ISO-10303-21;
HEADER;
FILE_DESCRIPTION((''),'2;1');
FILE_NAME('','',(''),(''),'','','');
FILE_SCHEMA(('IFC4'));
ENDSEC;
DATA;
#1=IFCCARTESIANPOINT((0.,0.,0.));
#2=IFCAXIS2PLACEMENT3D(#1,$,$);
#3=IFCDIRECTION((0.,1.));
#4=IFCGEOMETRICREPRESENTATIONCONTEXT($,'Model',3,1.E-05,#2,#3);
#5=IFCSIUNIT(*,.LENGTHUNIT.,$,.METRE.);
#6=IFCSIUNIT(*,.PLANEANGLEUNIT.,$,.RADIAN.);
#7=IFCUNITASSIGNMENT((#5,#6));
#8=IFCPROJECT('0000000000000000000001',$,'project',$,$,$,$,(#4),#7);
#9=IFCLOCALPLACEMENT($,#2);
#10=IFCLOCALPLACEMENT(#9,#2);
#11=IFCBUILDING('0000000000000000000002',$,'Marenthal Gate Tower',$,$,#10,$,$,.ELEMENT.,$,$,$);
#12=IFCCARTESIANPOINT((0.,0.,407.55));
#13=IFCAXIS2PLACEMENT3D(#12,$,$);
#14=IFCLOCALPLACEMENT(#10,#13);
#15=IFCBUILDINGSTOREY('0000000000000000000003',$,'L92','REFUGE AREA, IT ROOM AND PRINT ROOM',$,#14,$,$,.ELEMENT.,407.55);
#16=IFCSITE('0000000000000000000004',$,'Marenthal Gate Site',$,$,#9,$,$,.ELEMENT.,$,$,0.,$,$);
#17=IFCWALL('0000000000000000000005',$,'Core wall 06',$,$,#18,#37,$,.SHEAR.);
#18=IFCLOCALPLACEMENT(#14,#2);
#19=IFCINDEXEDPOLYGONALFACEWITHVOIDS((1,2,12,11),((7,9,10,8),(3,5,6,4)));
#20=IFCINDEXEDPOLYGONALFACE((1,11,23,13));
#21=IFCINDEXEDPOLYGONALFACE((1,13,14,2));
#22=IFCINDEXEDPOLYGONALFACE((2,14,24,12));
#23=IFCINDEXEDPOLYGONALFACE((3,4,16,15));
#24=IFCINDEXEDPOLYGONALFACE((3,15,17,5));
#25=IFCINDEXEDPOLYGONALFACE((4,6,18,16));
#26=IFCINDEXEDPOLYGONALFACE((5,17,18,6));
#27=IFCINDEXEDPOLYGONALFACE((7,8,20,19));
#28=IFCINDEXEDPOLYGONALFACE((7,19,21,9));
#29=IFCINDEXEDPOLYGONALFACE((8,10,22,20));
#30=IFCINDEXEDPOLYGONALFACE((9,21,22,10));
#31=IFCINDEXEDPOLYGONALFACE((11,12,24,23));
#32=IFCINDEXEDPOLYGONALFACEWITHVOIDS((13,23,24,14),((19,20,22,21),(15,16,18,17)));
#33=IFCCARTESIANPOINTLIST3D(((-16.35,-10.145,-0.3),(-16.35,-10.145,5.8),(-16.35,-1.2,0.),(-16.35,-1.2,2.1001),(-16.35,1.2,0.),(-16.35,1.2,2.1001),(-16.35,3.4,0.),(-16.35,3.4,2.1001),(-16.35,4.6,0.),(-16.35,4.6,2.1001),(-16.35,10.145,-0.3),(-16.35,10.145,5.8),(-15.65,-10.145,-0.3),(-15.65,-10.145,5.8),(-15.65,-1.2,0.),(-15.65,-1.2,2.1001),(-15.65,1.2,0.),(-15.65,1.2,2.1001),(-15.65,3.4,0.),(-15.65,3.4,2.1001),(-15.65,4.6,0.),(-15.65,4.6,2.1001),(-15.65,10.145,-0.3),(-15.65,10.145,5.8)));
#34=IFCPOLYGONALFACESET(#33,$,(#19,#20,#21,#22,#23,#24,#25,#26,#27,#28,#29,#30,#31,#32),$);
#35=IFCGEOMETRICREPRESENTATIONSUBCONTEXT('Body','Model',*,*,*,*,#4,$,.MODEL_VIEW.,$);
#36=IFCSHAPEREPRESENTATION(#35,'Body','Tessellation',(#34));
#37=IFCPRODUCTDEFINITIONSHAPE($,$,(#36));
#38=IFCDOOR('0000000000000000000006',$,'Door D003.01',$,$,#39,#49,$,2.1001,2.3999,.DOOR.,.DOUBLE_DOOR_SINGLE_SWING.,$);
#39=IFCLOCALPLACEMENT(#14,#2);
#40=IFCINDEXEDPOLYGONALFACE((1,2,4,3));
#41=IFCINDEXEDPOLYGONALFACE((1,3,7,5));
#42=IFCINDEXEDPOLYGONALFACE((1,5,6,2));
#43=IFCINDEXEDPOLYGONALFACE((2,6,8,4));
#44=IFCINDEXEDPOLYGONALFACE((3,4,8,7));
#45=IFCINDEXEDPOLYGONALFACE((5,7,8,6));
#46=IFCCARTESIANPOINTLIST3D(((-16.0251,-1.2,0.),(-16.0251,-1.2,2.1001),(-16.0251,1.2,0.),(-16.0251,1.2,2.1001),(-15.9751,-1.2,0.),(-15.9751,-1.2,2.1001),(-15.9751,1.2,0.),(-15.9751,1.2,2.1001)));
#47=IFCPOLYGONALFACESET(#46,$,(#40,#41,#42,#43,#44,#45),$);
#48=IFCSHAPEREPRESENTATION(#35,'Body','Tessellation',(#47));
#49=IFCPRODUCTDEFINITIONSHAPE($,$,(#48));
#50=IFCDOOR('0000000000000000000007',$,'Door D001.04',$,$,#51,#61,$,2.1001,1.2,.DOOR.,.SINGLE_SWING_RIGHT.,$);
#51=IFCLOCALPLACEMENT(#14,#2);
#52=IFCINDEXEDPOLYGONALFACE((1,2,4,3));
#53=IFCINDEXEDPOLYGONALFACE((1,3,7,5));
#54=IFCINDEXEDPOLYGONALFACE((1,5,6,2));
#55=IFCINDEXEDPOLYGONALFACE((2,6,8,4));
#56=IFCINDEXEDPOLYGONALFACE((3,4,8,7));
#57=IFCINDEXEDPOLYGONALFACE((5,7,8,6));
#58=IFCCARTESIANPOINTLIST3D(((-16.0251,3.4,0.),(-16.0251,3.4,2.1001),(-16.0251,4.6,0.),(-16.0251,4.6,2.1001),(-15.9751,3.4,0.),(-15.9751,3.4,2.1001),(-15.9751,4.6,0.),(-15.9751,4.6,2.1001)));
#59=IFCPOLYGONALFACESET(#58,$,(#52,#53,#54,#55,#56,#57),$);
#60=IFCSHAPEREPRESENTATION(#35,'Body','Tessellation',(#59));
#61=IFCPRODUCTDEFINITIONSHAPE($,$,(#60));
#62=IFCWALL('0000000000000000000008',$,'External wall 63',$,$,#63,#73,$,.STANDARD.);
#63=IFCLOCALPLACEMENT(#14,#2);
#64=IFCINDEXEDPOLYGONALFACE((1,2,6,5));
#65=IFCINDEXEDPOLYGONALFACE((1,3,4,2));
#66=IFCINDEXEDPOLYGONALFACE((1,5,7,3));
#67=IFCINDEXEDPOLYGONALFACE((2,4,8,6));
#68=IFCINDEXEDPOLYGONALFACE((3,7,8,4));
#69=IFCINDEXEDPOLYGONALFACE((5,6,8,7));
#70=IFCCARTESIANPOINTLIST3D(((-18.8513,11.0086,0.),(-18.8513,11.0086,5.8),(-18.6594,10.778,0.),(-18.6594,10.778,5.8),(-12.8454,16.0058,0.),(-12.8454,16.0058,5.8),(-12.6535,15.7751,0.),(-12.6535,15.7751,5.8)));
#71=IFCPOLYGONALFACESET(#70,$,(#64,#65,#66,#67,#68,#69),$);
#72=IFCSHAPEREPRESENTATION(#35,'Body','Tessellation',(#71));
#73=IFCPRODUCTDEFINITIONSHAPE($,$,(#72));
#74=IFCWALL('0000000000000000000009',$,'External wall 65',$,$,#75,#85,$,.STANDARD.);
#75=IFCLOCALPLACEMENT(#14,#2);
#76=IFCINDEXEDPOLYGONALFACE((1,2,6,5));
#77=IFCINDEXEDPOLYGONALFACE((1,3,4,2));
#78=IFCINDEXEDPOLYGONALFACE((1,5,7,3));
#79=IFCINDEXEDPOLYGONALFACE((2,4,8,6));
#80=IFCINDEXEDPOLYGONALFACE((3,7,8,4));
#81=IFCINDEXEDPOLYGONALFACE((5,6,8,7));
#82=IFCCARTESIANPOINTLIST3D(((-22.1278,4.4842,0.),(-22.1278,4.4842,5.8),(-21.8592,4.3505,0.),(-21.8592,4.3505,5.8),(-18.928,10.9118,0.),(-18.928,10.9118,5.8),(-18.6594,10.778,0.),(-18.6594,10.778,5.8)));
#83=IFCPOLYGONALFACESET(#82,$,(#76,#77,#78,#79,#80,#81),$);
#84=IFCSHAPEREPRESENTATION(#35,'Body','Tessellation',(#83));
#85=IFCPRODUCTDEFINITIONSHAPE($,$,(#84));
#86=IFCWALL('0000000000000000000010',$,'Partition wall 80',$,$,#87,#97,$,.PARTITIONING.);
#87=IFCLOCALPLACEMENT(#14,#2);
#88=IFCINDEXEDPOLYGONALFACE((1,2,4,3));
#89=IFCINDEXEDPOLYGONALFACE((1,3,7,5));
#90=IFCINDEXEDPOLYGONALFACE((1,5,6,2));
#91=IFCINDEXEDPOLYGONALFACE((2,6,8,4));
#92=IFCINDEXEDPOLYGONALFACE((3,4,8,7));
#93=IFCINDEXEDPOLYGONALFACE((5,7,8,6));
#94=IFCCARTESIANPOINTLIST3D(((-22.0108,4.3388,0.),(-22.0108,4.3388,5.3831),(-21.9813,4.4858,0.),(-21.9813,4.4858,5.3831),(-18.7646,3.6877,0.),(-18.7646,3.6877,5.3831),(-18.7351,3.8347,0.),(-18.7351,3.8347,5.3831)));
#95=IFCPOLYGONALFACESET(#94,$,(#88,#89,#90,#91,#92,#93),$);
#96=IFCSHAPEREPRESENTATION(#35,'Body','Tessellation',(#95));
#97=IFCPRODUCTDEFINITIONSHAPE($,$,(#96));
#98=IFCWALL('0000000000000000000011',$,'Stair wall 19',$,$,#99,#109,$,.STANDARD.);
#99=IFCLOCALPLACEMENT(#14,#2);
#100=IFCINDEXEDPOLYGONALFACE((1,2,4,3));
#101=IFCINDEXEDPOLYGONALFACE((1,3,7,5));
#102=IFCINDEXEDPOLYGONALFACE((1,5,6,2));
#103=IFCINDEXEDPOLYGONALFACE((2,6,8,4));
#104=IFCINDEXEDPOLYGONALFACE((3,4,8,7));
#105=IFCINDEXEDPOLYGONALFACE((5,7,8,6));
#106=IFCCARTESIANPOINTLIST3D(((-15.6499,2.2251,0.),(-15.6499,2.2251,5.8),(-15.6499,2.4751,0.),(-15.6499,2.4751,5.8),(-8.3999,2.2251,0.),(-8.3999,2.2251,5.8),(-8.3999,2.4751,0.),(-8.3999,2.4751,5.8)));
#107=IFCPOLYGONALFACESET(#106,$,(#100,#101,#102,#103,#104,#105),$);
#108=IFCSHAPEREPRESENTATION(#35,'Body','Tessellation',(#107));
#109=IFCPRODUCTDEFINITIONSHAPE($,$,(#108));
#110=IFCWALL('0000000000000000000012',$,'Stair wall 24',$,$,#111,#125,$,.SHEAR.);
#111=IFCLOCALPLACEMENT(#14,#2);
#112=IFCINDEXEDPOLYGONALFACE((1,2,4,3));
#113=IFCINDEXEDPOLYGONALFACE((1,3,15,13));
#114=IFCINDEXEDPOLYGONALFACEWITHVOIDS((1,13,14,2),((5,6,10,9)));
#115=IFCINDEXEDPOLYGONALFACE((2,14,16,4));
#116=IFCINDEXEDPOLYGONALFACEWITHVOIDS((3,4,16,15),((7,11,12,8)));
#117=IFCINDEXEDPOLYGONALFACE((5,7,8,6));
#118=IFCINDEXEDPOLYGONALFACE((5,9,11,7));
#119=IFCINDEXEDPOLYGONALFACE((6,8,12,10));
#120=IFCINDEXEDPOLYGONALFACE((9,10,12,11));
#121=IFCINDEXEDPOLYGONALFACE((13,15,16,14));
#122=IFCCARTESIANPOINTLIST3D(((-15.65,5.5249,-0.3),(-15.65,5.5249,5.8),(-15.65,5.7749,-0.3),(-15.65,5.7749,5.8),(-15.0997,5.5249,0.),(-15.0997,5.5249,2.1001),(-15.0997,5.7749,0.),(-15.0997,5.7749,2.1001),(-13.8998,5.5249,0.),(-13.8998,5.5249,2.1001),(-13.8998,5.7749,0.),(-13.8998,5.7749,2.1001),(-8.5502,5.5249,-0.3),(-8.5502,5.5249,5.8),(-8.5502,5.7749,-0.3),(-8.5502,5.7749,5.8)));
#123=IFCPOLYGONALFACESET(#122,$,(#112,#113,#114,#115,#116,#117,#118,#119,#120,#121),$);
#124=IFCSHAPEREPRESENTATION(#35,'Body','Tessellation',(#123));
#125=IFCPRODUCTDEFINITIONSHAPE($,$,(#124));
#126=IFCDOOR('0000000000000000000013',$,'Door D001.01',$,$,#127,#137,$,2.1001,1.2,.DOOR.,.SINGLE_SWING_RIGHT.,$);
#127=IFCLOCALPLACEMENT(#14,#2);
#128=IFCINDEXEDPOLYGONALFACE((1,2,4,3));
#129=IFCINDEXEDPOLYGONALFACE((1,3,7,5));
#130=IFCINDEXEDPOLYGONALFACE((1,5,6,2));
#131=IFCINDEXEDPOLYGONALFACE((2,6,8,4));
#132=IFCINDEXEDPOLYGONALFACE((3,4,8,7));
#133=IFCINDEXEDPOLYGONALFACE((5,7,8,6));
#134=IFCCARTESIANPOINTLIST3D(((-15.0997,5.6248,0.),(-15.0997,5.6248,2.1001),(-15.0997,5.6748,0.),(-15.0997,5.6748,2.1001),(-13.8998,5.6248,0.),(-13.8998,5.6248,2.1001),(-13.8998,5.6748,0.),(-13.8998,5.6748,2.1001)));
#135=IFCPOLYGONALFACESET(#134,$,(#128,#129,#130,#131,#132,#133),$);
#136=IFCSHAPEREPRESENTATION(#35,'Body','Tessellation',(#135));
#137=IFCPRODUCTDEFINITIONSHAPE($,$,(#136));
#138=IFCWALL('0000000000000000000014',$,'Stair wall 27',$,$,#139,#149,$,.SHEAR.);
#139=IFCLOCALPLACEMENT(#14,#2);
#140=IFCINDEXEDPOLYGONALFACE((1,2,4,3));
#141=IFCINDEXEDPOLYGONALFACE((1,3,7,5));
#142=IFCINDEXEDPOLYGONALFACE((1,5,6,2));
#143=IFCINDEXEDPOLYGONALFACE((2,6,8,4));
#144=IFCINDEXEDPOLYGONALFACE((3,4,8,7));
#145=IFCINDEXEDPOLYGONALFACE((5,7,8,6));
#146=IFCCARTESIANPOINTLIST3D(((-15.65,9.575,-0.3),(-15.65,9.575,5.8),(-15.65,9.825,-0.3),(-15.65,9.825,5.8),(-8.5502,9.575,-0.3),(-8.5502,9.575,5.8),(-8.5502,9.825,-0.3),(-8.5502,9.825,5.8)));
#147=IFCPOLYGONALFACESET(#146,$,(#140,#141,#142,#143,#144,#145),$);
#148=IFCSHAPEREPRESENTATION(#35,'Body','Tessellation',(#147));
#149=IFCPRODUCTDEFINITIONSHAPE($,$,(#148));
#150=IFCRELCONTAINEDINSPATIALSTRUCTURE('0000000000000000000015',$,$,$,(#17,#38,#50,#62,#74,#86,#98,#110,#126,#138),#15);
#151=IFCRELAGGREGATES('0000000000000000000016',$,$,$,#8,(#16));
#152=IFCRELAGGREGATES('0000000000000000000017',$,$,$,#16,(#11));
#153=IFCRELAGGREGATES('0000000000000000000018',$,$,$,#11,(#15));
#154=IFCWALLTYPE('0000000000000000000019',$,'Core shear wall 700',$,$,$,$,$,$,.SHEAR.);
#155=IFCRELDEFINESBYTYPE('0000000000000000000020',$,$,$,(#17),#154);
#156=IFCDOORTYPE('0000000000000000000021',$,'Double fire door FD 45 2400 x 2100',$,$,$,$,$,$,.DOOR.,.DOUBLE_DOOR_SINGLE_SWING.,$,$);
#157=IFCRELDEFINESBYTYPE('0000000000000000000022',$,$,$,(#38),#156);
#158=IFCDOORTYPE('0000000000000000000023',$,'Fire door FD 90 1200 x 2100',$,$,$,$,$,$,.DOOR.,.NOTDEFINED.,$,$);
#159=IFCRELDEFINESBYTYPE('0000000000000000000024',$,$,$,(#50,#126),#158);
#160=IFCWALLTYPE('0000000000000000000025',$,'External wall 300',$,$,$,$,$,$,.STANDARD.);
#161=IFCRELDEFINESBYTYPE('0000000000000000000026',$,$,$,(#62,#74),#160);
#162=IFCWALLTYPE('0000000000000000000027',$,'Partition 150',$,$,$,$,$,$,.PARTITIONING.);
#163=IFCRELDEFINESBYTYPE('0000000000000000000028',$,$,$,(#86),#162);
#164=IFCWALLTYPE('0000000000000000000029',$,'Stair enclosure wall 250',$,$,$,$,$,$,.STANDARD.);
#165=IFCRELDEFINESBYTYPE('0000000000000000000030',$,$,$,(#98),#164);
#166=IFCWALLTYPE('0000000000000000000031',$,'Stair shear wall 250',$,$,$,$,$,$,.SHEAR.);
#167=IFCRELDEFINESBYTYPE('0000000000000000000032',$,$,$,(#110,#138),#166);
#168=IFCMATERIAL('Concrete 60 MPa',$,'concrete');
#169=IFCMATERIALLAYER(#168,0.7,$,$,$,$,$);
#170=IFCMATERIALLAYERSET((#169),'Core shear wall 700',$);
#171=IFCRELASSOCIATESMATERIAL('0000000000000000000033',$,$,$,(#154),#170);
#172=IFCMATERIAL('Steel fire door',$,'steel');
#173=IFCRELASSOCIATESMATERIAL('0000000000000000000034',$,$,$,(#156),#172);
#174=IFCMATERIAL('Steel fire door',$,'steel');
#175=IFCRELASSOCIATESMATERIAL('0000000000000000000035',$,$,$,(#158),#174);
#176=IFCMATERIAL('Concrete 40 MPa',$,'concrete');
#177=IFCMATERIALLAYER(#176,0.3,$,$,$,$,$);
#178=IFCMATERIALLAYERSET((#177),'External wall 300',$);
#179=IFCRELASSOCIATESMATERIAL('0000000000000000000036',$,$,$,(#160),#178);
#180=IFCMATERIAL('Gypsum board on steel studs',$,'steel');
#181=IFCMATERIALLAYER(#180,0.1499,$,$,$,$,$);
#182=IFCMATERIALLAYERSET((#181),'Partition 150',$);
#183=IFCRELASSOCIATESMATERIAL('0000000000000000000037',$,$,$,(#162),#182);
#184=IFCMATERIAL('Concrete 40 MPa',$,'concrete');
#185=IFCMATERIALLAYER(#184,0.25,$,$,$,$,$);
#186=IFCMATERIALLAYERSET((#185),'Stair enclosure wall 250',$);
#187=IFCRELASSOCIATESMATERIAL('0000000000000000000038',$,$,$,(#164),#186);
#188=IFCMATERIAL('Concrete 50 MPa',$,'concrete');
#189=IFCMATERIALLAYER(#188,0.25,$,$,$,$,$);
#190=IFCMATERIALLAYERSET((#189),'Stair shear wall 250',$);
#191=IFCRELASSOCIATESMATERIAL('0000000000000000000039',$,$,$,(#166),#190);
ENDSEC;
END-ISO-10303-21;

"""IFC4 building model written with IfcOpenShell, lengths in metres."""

from ifc_helpers import new_model, si_unit, direction, frame, frame_2d, origin, place, context, subcontext, project, spatial, rectangle, extrude, material, layer, layer_set, type_object, element, fill, save


model = new_model("IFC4")

# Units and contexts
model_context = context("Model", 3, precision=1e-05, world=origin(), true_north=direction((0.0, 1.0)))
body_context = subcontext(model_context, "Body", "Model", "MODEL_VIEW")
ifc_project = project(units=[si_unit("LENGTHUNIT", "METRE"), si_unit("PLANEANGLEUNIT", "RADIAN")], contexts=[model_context])

# Site, building, storey
site_placement = place(None, origin())
site = spatial("IfcSite", under=ifc_project, at=site_placement, Name="Marenthal Gate Site", CompositionType="ELEMENT", RefElevation=0.0)
building_placement = place(site_placement, origin())
building = spatial("IfcBuilding", under=site, at=building_placement, Name="Marenthal Gate Tower", CompositionType="ELEMENT")
storey_placement = place(building_placement, frame((0.0, 0.0, 407.55)))
storey = spatial("IfcBuildingStorey", under=building, at=storey_placement, Name="L92", Description="REFUGE AREA, IT ROOM AND PRINT ROOM", CompositionType="ELEMENT", Elevation=407.55)

# Wall, openings, doors
ifc_material_1 = material(Name="Concrete 60 MPa", Category="concrete")
ifc_layer_1 = layer(ifc_material_1, 0.7)
ifc_layer_set_1 = layer_set([ifc_layer_1], Name="Core shear wall 700")
wall_type_1 = type_object("IfcWallType", Name="Core shear wall 700", PredefinedType="SHEAR", material=ifc_layer_set_1)
wall_1_placement = place(storey_placement, frame((-16.0, 10.145, -0.3), z_axis=(0.0, 0.0, 1.0), x_axis=(0.0, -1.0, 0.0)))
wall_1 = element("IfcWall", 1, at=wall_1_placement, inside=storey, type_object=wall_type_1, Name="Core wall 06", PredefinedType="SHEAR", context=body_context, shape_type="SweptSolid", body=[
    extrude(rectangle(XDim=20.29, YDim=0.7, at=frame_2d((10.145, 0.0))), origin(), (0.0, 0.0, 1.0), 6.1001),
])
opening_1_placement = place(wall_1_placement, frame((8.9451, 0.0, 0.3)))
opening_1 = element("IfcOpeningElement", 2, at=opening_1_placement, cuts=wall_1, PredefinedType="OPENING", context=body_context, shape_type="SweptSolid", body=[
    extrude(rectangle(XDim=2.3999, YDim=2.1001, at=frame_2d((1.2, 1.05))), frame((0.0, 0.3599, 0.0), z_axis=(0.0, -1.0, 0.0), x_axis=(1.0, 0.0, 0.0)), (0.0, 0.0, 1.0), 0.72),
])
opening_2_placement = place(wall_1_placement, frame((5.5449, 0.0, 0.3)))
opening_2 = element("IfcOpeningElement", 3, at=opening_2_placement, cuts=wall_1, PredefinedType="OPENING", context=body_context, shape_type="SweptSolid", body=[
    extrude(rectangle(XDim=1.2, YDim=2.1001, at=frame_2d((0.6001, 1.05))), frame((0.0, 0.3599, 0.0), z_axis=(0.0, -1.0, 0.0), x_axis=(1.0, 0.0, 0.0)), (0.0, 0.0, 1.0), 0.72),
])
ifc_material_2 = material(Name="Steel fire door", Category="steel")
door_type_1 = type_object("IfcDoorType", Name="Double fire door FD 45 2400 x 2100", OperationType="DOUBLE_DOOR_SINGLE_SWING", PredefinedType="DOOR", material=ifc_material_2)
door_1_placement = place(opening_1_placement, origin())
door_1 = element("IfcDoor", 4, at=door_1_placement, inside=storey, type_object=door_type_1, Name="Door D003.01", OperationType="DOUBLE_DOOR_SINGLE_SWING", OverallHeight=2.1001, OverallWidth=2.3999, PredefinedType="DOOR", context=body_context, shape_type="SweptSolid", body=[
    extrude(rectangle(XDim=2.3999, YDim=2.1001, at=frame_2d((1.2, 1.05))), frame((0.0, 0.0249, 0.0), z_axis=(0.0, -1.0, 0.0), x_axis=(1.0, 0.0, 0.0)), (0.0, 0.0, 1.0), 0.05),
])
fill(opening_1, door_1)
ifc_material_3 = material(Name="Steel fire door", Category="steel")
door_type_2 = type_object("IfcDoorType", Name="Fire door FD 90 1200 x 2100", OperationType="NOTDEFINED", PredefinedType="DOOR", material=ifc_material_3)
door_2_placement = place(opening_2_placement, origin())
door_2 = element("IfcDoor", 5, at=door_2_placement, inside=storey, type_object=door_type_2, Name="Door D001.04", OperationType="SINGLE_SWING_RIGHT", OverallHeight=2.1001, OverallWidth=1.2, PredefinedType="DOOR", context=body_context, shape_type="SweptSolid", body=[
    extrude(rectangle(XDim=1.2, YDim=2.1001, at=frame_2d((0.6001, 1.05))), frame((0.0, 0.0249, 0.0), z_axis=(0.0, -1.0, 0.0), x_axis=(1.0, 0.0, 0.0)), (0.0, 0.0, 1.0), 0.05),
])
fill(opening_2, door_2)

# Walls
ifc_material_4 = material(Name="Concrete 40 MPa", Category="concrete")
ifc_layer_2 = layer(ifc_material_4, 0.3)
ifc_layer_set_2 = layer_set([ifc_layer_2], Name="External wall 300")
wall_type_2 = type_object("IfcWallType", Name="External wall 300", PredefinedType="STANDARD", material=ifc_layer_set_2)
wall_2_placement = place(storey_placement, frame((-18.7554, 10.8933, 0.0), z_axis=(0.0, 0.0, 1.0), x_axis=(0.768713, 0.639594, 0.0)))
element("IfcWall", 6, at=wall_2_placement, inside=storey, type_object=wall_type_2, Name="External wall 63", PredefinedType="STANDARD", context=body_context, shape_type="SweptSolid", body=[
    extrude(rectangle(XDim=7.813, YDim=0.3, at=frame_2d((3.9065, 0.0))), origin(), (0.0, 0.0, 1.0), 5.8),
])
wall_3_placement = place(storey_placement, frame((-21.9934, 4.4175, 0.0), z_axis=(0.0, 0.0, 1.0), x_axis=(0.445649, 0.895208, 0.0)))
element("IfcWall", 7, at=wall_3_placement, inside=storey, type_object=wall_type_2, Name="External wall 65", PredefinedType="STANDARD", context=body_context, shape_type="SweptSolid", body=[
    extrude(rectangle(XDim=7.1799, YDim=0.3, at=frame_2d((3.5898, 0.0))), origin(), (0.0, 0.0, 1.0), 5.8),
])
ifc_material_5 = material(Name="Gypsum board on steel studs", Category="steel")
ifc_layer_3 = layer(ifc_material_5, 0.1499)
ifc_layer_set_3 = layer_set([ifc_layer_3], Name="Partition 150")
wall_type_3 = type_object("IfcWallType", Name="Partition 150", PredefinedType="PARTITIONING", material=ifc_layer_set_3)
wall_4_placement = place(storey_placement, frame((-18.75, 3.7612, 0.0), z_axis=(0.0, 0.0, 1.0), x_axis=(-0.98047, 0.196669, 0.0)))
element("IfcWall", 8, at=wall_4_placement, inside=storey, type_object=wall_type_3, Name="Partition wall 80", PredefinedType="PARTITIONING", context=body_context, shape_type="SweptSolid", body=[
    extrude(rectangle(XDim=3.3108, YDim=0.1499, at=frame_2d((1.6553, 0.0))), origin(), (0.0, 0.0, 1.0), 5.3831),
])
ifc_material_6 = material(Name="Concrete 40 MPa", Category="concrete")
ifc_layer_4 = layer(ifc_material_6, 0.25)
ifc_layer_set_4 = layer_set([ifc_layer_4], Name="Stair enclosure wall 250")
wall_type_4 = type_object("IfcWallType", Name="Stair enclosure wall 250", PredefinedType="STANDARD", material=ifc_layer_set_4)
wall_5_placement = place(storey_placement, frame((-15.6499, 2.3501, 0.0), z_axis=(0.0, 0.0, 1.0), x_axis=(1.0, 0.0, 0.0)))
element("IfcWall", 9, at=wall_5_placement, inside=storey, type_object=wall_type_4, Name="Stair wall 19", PredefinedType="STANDARD", context=body_context, shape_type="SweptSolid", body=[
    extrude(rectangle(XDim=7.25, YDim=0.25, at=frame_2d((3.625, 0.0))), origin(), (0.0, 0.0, 1.0), 5.8),
])

# Wall, opening, door
ifc_material_7 = material(Name="Concrete 50 MPa", Category="concrete")
ifc_layer_5 = layer(ifc_material_7, 0.25)
ifc_layer_set_5 = layer_set([ifc_layer_5], Name="Stair shear wall 250")
wall_type_5 = type_object("IfcWallType", Name="Stair shear wall 250", PredefinedType="SHEAR", material=ifc_layer_set_5)
wall_6_placement = place(storey_placement, frame((-15.6499, 5.6499, -0.3), z_axis=(0.0, 0.0, 1.0), x_axis=(1.0, 0.0, 0.0)))
wall_6 = element("IfcWall", 10, at=wall_6_placement, inside=storey, type_object=wall_type_5, Name="Stair wall 24", PredefinedType="SHEAR", context=body_context, shape_type="SweptSolid", body=[
    extrude(rectangle(XDim=7.0999, YDim=0.25, at=frame_2d((3.5498, 0.0))), origin(), (0.0, 0.0, 1.0), 6.1001),
])
opening_3_placement = place(wall_6_placement, frame((0.55, 0.0, 0.3)))
opening_3 = element("IfcOpeningElement", 11, at=opening_3_placement, cuts=wall_6, PredefinedType="OPENING", context=body_context, shape_type="SweptSolid", body=[
    extrude(rectangle(XDim=1.2, YDim=2.1001, at=frame_2d((0.6001, 1.05))), frame((0.0, 0.135, 0.0), z_axis=(0.0, -1.0, 0.0), x_axis=(1.0, 0.0, 0.0)), (0.0, 0.0, 1.0), 0.27),
])
door_3_placement = place(opening_3_placement, origin())
door_3 = element("IfcDoor", 12, at=door_3_placement, inside=storey, type_object=door_type_2, Name="Door D001.01", OperationType="SINGLE_SWING_RIGHT", OverallHeight=2.1001, OverallWidth=1.2, PredefinedType="DOOR", context=body_context, shape_type="SweptSolid", body=[
    extrude(rectangle(XDim=1.2, YDim=2.1001, at=frame_2d((0.6001, 1.05))), frame((0.0, 0.0249, 0.0), z_axis=(0.0, -1.0, 0.0), x_axis=(1.0, 0.0, 0.0)), (0.0, 0.0, 1.0), 0.05),
])
fill(opening_3, door_3)

# Wall
wall_7_placement = place(storey_placement, frame((-15.6499, 9.7, -0.3), z_axis=(0.0, 0.0, 1.0), x_axis=(1.0, 0.0, 0.0)))
element("IfcWall", 13, at=wall_7_placement, inside=storey, type_object=wall_type_5, Name="Stair wall 27", PredefinedType="SHEAR", context=body_context, shape_type="SweptSolid", body=[
    extrude(rectangle(XDim=7.0999, YDim=0.25, at=frame_2d((3.5498, 0.0))), origin(), (0.0, 0.0, 1.0), 6.1001),
])

save(model, "model.ifc")
